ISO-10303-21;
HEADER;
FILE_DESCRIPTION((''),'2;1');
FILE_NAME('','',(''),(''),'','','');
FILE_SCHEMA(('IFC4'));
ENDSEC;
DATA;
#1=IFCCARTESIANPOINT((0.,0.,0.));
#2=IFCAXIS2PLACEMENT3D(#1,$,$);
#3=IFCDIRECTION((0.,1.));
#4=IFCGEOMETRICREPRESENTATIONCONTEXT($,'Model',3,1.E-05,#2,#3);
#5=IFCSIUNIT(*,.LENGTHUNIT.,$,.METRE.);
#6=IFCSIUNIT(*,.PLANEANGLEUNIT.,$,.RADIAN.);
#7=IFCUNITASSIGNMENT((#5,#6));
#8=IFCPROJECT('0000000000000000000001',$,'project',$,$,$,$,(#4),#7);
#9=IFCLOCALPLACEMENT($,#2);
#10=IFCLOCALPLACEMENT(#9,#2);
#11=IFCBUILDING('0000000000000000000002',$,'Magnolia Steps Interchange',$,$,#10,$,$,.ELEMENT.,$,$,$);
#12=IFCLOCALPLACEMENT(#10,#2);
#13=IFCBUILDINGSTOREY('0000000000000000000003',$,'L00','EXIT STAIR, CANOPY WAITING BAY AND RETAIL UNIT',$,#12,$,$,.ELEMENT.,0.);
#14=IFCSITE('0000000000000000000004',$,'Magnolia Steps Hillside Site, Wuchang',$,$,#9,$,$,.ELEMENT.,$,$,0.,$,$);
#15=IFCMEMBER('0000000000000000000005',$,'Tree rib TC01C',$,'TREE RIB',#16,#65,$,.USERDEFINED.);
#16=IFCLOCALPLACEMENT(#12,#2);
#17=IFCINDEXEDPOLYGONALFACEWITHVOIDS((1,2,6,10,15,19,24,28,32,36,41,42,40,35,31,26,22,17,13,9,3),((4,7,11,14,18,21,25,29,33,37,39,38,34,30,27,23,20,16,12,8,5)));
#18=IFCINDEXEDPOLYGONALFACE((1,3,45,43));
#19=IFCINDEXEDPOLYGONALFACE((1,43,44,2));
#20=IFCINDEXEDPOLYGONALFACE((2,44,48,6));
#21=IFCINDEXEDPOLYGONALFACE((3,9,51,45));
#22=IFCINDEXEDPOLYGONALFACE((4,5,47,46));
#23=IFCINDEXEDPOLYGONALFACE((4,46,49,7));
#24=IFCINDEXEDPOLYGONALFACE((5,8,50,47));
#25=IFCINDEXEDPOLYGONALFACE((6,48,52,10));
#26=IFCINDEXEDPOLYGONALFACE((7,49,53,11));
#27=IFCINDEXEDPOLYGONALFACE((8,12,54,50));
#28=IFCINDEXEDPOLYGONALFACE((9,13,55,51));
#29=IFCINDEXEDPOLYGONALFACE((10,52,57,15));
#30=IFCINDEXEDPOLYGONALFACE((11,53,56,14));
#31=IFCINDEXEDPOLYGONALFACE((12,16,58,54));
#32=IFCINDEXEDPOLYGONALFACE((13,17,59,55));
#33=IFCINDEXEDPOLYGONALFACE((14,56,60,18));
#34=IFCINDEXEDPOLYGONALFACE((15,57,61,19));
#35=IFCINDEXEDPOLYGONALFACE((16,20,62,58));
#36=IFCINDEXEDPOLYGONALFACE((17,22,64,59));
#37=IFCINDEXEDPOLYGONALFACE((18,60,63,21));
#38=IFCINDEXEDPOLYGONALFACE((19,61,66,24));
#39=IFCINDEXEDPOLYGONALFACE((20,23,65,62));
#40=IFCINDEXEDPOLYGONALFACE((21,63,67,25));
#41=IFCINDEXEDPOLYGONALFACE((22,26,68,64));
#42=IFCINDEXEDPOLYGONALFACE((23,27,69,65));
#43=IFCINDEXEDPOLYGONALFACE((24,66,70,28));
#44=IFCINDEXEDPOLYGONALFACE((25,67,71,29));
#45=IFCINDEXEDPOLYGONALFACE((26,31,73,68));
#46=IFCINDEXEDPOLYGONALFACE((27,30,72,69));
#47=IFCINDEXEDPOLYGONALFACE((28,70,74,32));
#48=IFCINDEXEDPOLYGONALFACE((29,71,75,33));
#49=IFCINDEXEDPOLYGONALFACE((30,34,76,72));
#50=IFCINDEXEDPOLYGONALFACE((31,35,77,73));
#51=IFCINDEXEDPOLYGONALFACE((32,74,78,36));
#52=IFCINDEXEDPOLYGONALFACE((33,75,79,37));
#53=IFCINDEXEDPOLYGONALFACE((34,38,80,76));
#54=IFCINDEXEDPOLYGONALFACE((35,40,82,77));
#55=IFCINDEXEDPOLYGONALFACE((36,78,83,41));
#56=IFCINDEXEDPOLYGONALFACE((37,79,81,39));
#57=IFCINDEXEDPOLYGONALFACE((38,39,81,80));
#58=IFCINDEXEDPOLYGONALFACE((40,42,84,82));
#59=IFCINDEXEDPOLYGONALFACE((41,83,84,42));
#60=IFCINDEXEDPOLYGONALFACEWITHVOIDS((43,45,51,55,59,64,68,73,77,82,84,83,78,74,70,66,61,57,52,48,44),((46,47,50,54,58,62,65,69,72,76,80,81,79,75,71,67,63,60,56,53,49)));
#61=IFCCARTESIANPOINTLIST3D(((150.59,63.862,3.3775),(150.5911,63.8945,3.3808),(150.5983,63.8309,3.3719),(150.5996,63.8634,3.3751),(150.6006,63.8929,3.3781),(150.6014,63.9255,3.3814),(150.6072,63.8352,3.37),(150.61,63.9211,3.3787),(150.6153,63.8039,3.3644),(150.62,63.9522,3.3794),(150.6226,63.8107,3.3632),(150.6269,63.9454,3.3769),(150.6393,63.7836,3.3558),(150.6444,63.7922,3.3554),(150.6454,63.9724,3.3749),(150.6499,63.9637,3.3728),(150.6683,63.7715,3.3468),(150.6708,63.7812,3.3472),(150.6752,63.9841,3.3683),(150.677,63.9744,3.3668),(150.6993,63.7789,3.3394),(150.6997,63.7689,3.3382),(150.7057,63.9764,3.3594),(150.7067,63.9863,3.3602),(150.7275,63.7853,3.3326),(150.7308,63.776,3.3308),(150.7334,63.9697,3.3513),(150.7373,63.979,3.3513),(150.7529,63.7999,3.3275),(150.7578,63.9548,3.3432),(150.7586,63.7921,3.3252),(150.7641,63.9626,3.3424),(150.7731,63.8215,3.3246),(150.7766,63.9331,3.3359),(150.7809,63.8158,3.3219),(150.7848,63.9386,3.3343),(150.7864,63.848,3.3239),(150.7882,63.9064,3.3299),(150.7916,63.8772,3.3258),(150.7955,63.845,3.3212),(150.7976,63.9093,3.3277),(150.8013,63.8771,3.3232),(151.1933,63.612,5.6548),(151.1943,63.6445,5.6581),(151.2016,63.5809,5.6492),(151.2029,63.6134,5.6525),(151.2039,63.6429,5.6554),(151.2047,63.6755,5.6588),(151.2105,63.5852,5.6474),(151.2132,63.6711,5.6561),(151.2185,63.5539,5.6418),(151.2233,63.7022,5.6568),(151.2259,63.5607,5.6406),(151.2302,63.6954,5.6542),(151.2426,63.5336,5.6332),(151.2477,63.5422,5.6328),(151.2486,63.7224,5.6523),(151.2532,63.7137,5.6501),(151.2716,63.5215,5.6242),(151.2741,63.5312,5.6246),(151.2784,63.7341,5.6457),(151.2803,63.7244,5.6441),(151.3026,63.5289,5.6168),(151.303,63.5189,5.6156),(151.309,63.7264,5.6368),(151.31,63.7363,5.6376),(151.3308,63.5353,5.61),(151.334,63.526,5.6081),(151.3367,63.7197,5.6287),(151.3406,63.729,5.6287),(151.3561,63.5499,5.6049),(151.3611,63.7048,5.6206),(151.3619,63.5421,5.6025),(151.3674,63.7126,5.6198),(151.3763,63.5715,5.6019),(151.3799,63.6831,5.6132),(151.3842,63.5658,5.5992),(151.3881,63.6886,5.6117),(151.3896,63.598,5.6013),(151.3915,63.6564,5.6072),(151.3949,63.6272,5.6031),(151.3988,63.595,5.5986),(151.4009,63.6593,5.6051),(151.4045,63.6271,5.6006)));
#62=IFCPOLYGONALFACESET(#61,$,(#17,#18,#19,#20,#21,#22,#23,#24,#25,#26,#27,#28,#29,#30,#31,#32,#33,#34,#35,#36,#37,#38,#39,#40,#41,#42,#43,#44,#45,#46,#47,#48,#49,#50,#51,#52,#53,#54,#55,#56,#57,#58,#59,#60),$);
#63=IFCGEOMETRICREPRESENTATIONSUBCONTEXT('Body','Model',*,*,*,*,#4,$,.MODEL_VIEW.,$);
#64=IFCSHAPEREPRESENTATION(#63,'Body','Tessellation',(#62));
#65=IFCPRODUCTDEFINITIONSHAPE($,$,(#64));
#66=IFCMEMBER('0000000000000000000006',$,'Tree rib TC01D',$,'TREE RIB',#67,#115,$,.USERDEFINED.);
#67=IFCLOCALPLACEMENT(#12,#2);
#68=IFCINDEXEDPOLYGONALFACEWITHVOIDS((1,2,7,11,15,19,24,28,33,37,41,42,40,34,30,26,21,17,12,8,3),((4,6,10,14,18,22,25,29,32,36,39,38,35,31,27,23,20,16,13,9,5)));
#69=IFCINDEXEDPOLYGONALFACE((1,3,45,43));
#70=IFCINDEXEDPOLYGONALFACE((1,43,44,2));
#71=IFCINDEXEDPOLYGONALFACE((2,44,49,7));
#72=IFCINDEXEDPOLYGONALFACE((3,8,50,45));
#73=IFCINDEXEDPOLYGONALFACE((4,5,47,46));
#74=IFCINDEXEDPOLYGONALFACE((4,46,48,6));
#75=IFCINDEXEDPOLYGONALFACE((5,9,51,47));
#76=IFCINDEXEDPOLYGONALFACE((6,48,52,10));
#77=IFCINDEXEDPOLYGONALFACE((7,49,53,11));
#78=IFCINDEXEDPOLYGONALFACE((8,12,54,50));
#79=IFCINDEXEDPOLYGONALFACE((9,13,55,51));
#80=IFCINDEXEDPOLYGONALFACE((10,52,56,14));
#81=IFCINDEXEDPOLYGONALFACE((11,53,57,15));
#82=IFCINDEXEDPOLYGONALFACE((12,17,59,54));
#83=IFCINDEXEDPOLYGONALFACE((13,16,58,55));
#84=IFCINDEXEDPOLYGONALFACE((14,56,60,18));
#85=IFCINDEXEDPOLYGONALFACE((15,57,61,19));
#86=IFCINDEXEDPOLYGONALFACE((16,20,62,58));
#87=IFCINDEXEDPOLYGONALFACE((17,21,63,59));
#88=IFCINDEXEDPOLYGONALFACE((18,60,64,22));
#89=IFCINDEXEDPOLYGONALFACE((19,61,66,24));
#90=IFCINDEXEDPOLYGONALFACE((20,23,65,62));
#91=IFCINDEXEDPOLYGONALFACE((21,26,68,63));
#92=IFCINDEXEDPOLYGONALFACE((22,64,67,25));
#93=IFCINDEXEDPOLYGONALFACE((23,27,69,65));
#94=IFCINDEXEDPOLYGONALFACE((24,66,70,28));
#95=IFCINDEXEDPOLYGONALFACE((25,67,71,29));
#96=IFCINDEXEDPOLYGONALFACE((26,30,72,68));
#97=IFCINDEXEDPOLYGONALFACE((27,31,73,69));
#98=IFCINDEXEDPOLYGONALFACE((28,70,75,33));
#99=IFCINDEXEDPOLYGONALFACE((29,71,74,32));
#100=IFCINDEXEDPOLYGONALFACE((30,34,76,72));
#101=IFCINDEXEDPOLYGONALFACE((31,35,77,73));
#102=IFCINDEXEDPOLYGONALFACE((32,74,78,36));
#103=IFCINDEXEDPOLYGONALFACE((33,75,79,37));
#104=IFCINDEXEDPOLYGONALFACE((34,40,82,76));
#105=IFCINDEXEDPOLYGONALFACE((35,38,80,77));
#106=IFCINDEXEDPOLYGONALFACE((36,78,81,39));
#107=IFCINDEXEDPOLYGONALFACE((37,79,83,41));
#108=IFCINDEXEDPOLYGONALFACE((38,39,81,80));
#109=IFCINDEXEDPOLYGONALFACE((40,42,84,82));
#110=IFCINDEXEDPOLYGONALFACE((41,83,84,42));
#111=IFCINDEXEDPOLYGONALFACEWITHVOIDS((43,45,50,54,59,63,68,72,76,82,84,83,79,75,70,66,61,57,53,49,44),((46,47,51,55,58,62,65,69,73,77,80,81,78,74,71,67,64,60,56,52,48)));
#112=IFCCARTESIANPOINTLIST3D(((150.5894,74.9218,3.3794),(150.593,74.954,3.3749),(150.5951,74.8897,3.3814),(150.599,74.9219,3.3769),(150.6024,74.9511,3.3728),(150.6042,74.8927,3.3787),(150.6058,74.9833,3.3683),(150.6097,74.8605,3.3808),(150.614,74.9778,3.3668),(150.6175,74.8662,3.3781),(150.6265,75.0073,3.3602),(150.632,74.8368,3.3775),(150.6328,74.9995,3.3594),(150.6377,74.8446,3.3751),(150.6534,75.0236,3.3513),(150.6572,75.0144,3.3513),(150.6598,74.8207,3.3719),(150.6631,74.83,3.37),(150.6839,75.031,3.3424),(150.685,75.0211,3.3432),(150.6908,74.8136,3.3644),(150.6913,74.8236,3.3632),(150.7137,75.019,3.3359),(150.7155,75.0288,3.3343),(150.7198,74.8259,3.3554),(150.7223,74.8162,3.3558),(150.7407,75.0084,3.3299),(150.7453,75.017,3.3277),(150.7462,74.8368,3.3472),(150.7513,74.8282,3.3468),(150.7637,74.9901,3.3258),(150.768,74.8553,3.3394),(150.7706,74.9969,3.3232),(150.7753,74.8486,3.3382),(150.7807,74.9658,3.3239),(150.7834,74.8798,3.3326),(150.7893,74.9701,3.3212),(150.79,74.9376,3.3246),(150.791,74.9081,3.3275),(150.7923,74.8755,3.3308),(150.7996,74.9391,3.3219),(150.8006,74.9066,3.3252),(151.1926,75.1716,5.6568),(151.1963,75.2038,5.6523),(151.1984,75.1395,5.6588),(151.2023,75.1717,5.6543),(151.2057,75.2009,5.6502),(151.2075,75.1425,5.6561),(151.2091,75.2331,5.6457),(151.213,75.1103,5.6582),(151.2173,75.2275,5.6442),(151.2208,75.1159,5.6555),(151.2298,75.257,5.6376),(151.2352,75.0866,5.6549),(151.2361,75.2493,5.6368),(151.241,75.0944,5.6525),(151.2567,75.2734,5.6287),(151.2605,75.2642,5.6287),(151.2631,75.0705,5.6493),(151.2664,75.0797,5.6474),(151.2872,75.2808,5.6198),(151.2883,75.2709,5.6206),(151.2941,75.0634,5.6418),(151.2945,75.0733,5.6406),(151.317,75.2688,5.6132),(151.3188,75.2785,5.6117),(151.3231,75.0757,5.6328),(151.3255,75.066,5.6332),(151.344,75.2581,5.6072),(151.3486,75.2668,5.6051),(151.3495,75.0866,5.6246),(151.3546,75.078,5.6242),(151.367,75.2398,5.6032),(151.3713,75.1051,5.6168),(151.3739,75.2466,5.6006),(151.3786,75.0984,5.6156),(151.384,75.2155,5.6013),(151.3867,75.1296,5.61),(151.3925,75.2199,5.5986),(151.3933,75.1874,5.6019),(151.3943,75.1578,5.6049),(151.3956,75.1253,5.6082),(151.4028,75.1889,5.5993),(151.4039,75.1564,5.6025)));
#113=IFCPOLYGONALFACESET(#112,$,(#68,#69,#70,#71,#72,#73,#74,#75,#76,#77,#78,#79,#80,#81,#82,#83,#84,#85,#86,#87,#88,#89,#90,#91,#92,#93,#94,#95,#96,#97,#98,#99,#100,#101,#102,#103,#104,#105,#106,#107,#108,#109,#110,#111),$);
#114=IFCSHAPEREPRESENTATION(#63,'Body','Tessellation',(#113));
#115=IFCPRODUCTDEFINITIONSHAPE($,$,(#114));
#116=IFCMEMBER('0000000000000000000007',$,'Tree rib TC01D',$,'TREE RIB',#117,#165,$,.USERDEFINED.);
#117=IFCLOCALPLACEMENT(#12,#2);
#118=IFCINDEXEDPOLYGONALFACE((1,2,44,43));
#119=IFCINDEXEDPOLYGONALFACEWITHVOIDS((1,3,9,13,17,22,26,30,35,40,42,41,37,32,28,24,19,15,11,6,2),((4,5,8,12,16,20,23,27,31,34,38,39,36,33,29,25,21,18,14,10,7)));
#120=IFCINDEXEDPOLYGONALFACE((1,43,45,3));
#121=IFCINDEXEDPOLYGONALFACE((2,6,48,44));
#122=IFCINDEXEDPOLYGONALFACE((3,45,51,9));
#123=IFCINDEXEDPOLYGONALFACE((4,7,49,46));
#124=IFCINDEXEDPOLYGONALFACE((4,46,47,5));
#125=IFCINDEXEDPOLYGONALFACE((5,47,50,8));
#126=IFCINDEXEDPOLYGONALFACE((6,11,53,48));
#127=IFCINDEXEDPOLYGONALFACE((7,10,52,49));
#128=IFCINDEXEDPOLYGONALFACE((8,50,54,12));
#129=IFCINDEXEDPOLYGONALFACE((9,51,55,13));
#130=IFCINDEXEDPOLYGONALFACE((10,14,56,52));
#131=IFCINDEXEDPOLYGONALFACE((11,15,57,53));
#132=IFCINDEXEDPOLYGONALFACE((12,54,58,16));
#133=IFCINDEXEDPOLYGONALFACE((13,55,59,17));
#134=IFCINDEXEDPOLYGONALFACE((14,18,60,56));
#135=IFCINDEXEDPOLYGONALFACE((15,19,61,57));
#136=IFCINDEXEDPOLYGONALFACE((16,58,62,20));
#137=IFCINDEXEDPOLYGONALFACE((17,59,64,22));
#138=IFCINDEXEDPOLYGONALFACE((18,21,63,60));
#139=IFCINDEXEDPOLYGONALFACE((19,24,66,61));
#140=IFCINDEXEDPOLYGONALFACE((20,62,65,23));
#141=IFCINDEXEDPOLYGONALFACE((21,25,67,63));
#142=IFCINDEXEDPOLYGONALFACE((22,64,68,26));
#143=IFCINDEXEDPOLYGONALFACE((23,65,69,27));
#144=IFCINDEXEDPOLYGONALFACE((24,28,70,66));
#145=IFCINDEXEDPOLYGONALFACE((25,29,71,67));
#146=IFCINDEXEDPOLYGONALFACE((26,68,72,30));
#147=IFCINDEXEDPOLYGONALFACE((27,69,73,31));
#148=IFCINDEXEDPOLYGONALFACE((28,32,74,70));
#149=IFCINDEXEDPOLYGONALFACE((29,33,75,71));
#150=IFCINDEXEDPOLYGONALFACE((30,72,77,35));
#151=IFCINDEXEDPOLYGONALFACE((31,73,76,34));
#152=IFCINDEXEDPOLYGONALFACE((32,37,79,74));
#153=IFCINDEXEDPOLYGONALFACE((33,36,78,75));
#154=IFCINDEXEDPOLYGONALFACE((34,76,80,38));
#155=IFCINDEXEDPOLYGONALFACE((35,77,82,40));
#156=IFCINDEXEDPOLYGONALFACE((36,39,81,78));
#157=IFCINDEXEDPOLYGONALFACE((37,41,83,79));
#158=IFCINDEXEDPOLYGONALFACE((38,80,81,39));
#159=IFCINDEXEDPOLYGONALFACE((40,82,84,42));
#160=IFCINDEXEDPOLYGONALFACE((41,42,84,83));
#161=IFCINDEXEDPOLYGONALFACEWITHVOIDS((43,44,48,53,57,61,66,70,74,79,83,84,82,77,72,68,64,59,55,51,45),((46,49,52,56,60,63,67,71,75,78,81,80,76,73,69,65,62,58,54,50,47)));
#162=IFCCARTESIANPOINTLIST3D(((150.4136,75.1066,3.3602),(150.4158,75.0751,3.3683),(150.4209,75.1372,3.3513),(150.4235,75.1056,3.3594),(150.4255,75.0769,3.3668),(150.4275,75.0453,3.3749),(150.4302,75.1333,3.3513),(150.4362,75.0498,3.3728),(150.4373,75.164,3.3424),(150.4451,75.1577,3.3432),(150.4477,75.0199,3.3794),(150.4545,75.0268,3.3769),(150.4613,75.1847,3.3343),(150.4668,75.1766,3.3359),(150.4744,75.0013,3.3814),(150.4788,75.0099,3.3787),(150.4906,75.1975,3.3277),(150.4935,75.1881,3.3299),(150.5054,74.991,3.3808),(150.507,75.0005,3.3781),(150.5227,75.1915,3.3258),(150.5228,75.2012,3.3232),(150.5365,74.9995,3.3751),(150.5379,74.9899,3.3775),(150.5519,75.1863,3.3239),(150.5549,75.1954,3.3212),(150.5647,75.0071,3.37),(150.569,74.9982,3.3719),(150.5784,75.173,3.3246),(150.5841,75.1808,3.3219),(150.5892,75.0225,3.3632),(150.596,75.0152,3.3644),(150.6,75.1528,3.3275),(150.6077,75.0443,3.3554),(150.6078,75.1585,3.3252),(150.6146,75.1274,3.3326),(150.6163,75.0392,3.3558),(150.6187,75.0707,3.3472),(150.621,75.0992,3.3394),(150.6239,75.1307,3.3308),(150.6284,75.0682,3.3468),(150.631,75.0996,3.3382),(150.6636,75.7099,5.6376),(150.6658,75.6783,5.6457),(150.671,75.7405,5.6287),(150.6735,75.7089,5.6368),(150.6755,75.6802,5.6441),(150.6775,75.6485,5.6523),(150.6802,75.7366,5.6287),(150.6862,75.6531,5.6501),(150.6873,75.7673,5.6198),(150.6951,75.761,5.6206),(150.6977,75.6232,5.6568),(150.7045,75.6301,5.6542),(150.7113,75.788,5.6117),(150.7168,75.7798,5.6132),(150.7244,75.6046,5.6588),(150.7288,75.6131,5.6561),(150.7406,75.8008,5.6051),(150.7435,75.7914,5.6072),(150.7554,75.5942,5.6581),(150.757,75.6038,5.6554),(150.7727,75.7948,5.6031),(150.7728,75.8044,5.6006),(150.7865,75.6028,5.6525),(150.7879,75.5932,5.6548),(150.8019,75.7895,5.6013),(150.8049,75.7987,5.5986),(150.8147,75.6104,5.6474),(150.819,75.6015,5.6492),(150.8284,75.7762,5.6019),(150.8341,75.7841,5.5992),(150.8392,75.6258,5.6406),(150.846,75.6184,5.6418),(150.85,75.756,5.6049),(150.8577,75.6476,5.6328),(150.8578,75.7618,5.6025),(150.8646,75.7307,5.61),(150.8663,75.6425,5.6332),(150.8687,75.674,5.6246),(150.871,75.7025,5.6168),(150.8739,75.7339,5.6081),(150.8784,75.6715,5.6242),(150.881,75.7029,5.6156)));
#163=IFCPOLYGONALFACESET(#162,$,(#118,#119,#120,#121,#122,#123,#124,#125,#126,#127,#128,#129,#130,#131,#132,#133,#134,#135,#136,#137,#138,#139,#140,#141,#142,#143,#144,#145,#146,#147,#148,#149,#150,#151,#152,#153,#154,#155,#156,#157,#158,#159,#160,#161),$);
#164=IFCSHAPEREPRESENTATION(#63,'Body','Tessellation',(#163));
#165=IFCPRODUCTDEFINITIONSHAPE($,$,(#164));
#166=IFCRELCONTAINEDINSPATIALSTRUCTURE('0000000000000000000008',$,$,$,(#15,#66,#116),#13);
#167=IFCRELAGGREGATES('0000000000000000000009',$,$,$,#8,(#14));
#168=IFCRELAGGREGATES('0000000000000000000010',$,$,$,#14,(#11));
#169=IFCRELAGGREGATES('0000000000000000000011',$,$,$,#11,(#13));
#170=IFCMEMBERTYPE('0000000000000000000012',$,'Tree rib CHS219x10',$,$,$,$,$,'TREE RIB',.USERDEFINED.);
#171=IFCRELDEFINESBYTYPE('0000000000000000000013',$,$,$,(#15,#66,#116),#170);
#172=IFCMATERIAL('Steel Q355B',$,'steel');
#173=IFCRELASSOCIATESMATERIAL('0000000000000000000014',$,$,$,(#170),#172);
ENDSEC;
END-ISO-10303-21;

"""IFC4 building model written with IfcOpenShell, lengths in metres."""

from ifc_helpers import new_model, si_unit, direction, frame, origin, origin_2d, place, context, subcontext, project, spatial, hollow_circle, extrude, material, material_profile, profile_set, type_object, element, save


model = new_model("IFC4")

# Units and contexts
model_context = context("Model", 3, precision=1e-05, world=origin(), true_north=direction((0.0, 1.0)))
body_context = subcontext(model_context, "Body", "Model", "MODEL_VIEW")
ifc_project = project(units=[si_unit("LENGTHUNIT", "METRE"), si_unit("PLANEANGLEUNIT", "RADIAN")], contexts=[model_context])

# Site, building, storey
site_placement = place(None, origin())
site = spatial("IfcSite", under=ifc_project, at=site_placement, Name="Magnolia Steps Hillside Site, Wuchang", CompositionType="ELEMENT", RefElevation=0.0)
building_placement = place(site_placement, origin())
building = spatial("IfcBuilding", under=site, at=building_placement, Name="Magnolia Steps Interchange", CompositionType="ELEMENT")
storey_placement = place(building_placement, origin())
storey = spatial("IfcBuildingStorey", under=building, at=storey_placement, Name="L00", Description="EXIT STAIR, CANOPY WAITING BAY AND RETAIL UNIT", CompositionType="ELEMENT", Elevation=0.0)

# Members
ifc_material_1 = material(Name="Steel Q355B", Category="steel")
ifc_material_profile_1 = material_profile(ifc_material_1, hollow_circle(Radius=0.1096, WallThickness=0.01, at=origin_2d()), Name="CHS219x10")
ifc_profile_set_1 = profile_set([ifc_material_profile_1], Name="Steel Q355B")
member_type = type_object("IfcMemberType", Name="Tree rib CHS219x10", ElementType="TREE RIB", PredefinedType="USERDEFINED", material=ifc_profile_set_1)
for number, where, z_axis, x_axis, name in (
    (1, (150.6953, 63.8777, 3.3513), (0.254639, -0.105524, 0.961261), (0.382836, 0.923816, 0.0), "Tree rib TC01C"),
    (2, (150.6953, 74.9224, 3.3513), (0.254642, 0.105422, 0.961272), (-0.382517, 0.923948, 0.0), "Tree rib TC01D"),
    (3, (150.5222, 75.0952, 3.3513), (0.105524, 0.254639, 0.961261), (-0.923816, 0.382836, 0.0), "Tree rib TC01D"),
):
    element("IfcMember", number, at=place(storey_placement, frame(where, z_axis=z_axis, x_axis=x_axis)), inside=storey, type_object=member_type, Name=name, ObjectType="TREE RIB", PredefinedType="USERDEFINED", context=body_context, shape_type="SweptSolid", body=[
        extrude(hollow_circle(Radius=0.1096, WallThickness=0.01, at=origin_2d()), origin(), (0.0, 0.0, 1.0), 2.3691),
    ])

save(model, "model.ifc")
